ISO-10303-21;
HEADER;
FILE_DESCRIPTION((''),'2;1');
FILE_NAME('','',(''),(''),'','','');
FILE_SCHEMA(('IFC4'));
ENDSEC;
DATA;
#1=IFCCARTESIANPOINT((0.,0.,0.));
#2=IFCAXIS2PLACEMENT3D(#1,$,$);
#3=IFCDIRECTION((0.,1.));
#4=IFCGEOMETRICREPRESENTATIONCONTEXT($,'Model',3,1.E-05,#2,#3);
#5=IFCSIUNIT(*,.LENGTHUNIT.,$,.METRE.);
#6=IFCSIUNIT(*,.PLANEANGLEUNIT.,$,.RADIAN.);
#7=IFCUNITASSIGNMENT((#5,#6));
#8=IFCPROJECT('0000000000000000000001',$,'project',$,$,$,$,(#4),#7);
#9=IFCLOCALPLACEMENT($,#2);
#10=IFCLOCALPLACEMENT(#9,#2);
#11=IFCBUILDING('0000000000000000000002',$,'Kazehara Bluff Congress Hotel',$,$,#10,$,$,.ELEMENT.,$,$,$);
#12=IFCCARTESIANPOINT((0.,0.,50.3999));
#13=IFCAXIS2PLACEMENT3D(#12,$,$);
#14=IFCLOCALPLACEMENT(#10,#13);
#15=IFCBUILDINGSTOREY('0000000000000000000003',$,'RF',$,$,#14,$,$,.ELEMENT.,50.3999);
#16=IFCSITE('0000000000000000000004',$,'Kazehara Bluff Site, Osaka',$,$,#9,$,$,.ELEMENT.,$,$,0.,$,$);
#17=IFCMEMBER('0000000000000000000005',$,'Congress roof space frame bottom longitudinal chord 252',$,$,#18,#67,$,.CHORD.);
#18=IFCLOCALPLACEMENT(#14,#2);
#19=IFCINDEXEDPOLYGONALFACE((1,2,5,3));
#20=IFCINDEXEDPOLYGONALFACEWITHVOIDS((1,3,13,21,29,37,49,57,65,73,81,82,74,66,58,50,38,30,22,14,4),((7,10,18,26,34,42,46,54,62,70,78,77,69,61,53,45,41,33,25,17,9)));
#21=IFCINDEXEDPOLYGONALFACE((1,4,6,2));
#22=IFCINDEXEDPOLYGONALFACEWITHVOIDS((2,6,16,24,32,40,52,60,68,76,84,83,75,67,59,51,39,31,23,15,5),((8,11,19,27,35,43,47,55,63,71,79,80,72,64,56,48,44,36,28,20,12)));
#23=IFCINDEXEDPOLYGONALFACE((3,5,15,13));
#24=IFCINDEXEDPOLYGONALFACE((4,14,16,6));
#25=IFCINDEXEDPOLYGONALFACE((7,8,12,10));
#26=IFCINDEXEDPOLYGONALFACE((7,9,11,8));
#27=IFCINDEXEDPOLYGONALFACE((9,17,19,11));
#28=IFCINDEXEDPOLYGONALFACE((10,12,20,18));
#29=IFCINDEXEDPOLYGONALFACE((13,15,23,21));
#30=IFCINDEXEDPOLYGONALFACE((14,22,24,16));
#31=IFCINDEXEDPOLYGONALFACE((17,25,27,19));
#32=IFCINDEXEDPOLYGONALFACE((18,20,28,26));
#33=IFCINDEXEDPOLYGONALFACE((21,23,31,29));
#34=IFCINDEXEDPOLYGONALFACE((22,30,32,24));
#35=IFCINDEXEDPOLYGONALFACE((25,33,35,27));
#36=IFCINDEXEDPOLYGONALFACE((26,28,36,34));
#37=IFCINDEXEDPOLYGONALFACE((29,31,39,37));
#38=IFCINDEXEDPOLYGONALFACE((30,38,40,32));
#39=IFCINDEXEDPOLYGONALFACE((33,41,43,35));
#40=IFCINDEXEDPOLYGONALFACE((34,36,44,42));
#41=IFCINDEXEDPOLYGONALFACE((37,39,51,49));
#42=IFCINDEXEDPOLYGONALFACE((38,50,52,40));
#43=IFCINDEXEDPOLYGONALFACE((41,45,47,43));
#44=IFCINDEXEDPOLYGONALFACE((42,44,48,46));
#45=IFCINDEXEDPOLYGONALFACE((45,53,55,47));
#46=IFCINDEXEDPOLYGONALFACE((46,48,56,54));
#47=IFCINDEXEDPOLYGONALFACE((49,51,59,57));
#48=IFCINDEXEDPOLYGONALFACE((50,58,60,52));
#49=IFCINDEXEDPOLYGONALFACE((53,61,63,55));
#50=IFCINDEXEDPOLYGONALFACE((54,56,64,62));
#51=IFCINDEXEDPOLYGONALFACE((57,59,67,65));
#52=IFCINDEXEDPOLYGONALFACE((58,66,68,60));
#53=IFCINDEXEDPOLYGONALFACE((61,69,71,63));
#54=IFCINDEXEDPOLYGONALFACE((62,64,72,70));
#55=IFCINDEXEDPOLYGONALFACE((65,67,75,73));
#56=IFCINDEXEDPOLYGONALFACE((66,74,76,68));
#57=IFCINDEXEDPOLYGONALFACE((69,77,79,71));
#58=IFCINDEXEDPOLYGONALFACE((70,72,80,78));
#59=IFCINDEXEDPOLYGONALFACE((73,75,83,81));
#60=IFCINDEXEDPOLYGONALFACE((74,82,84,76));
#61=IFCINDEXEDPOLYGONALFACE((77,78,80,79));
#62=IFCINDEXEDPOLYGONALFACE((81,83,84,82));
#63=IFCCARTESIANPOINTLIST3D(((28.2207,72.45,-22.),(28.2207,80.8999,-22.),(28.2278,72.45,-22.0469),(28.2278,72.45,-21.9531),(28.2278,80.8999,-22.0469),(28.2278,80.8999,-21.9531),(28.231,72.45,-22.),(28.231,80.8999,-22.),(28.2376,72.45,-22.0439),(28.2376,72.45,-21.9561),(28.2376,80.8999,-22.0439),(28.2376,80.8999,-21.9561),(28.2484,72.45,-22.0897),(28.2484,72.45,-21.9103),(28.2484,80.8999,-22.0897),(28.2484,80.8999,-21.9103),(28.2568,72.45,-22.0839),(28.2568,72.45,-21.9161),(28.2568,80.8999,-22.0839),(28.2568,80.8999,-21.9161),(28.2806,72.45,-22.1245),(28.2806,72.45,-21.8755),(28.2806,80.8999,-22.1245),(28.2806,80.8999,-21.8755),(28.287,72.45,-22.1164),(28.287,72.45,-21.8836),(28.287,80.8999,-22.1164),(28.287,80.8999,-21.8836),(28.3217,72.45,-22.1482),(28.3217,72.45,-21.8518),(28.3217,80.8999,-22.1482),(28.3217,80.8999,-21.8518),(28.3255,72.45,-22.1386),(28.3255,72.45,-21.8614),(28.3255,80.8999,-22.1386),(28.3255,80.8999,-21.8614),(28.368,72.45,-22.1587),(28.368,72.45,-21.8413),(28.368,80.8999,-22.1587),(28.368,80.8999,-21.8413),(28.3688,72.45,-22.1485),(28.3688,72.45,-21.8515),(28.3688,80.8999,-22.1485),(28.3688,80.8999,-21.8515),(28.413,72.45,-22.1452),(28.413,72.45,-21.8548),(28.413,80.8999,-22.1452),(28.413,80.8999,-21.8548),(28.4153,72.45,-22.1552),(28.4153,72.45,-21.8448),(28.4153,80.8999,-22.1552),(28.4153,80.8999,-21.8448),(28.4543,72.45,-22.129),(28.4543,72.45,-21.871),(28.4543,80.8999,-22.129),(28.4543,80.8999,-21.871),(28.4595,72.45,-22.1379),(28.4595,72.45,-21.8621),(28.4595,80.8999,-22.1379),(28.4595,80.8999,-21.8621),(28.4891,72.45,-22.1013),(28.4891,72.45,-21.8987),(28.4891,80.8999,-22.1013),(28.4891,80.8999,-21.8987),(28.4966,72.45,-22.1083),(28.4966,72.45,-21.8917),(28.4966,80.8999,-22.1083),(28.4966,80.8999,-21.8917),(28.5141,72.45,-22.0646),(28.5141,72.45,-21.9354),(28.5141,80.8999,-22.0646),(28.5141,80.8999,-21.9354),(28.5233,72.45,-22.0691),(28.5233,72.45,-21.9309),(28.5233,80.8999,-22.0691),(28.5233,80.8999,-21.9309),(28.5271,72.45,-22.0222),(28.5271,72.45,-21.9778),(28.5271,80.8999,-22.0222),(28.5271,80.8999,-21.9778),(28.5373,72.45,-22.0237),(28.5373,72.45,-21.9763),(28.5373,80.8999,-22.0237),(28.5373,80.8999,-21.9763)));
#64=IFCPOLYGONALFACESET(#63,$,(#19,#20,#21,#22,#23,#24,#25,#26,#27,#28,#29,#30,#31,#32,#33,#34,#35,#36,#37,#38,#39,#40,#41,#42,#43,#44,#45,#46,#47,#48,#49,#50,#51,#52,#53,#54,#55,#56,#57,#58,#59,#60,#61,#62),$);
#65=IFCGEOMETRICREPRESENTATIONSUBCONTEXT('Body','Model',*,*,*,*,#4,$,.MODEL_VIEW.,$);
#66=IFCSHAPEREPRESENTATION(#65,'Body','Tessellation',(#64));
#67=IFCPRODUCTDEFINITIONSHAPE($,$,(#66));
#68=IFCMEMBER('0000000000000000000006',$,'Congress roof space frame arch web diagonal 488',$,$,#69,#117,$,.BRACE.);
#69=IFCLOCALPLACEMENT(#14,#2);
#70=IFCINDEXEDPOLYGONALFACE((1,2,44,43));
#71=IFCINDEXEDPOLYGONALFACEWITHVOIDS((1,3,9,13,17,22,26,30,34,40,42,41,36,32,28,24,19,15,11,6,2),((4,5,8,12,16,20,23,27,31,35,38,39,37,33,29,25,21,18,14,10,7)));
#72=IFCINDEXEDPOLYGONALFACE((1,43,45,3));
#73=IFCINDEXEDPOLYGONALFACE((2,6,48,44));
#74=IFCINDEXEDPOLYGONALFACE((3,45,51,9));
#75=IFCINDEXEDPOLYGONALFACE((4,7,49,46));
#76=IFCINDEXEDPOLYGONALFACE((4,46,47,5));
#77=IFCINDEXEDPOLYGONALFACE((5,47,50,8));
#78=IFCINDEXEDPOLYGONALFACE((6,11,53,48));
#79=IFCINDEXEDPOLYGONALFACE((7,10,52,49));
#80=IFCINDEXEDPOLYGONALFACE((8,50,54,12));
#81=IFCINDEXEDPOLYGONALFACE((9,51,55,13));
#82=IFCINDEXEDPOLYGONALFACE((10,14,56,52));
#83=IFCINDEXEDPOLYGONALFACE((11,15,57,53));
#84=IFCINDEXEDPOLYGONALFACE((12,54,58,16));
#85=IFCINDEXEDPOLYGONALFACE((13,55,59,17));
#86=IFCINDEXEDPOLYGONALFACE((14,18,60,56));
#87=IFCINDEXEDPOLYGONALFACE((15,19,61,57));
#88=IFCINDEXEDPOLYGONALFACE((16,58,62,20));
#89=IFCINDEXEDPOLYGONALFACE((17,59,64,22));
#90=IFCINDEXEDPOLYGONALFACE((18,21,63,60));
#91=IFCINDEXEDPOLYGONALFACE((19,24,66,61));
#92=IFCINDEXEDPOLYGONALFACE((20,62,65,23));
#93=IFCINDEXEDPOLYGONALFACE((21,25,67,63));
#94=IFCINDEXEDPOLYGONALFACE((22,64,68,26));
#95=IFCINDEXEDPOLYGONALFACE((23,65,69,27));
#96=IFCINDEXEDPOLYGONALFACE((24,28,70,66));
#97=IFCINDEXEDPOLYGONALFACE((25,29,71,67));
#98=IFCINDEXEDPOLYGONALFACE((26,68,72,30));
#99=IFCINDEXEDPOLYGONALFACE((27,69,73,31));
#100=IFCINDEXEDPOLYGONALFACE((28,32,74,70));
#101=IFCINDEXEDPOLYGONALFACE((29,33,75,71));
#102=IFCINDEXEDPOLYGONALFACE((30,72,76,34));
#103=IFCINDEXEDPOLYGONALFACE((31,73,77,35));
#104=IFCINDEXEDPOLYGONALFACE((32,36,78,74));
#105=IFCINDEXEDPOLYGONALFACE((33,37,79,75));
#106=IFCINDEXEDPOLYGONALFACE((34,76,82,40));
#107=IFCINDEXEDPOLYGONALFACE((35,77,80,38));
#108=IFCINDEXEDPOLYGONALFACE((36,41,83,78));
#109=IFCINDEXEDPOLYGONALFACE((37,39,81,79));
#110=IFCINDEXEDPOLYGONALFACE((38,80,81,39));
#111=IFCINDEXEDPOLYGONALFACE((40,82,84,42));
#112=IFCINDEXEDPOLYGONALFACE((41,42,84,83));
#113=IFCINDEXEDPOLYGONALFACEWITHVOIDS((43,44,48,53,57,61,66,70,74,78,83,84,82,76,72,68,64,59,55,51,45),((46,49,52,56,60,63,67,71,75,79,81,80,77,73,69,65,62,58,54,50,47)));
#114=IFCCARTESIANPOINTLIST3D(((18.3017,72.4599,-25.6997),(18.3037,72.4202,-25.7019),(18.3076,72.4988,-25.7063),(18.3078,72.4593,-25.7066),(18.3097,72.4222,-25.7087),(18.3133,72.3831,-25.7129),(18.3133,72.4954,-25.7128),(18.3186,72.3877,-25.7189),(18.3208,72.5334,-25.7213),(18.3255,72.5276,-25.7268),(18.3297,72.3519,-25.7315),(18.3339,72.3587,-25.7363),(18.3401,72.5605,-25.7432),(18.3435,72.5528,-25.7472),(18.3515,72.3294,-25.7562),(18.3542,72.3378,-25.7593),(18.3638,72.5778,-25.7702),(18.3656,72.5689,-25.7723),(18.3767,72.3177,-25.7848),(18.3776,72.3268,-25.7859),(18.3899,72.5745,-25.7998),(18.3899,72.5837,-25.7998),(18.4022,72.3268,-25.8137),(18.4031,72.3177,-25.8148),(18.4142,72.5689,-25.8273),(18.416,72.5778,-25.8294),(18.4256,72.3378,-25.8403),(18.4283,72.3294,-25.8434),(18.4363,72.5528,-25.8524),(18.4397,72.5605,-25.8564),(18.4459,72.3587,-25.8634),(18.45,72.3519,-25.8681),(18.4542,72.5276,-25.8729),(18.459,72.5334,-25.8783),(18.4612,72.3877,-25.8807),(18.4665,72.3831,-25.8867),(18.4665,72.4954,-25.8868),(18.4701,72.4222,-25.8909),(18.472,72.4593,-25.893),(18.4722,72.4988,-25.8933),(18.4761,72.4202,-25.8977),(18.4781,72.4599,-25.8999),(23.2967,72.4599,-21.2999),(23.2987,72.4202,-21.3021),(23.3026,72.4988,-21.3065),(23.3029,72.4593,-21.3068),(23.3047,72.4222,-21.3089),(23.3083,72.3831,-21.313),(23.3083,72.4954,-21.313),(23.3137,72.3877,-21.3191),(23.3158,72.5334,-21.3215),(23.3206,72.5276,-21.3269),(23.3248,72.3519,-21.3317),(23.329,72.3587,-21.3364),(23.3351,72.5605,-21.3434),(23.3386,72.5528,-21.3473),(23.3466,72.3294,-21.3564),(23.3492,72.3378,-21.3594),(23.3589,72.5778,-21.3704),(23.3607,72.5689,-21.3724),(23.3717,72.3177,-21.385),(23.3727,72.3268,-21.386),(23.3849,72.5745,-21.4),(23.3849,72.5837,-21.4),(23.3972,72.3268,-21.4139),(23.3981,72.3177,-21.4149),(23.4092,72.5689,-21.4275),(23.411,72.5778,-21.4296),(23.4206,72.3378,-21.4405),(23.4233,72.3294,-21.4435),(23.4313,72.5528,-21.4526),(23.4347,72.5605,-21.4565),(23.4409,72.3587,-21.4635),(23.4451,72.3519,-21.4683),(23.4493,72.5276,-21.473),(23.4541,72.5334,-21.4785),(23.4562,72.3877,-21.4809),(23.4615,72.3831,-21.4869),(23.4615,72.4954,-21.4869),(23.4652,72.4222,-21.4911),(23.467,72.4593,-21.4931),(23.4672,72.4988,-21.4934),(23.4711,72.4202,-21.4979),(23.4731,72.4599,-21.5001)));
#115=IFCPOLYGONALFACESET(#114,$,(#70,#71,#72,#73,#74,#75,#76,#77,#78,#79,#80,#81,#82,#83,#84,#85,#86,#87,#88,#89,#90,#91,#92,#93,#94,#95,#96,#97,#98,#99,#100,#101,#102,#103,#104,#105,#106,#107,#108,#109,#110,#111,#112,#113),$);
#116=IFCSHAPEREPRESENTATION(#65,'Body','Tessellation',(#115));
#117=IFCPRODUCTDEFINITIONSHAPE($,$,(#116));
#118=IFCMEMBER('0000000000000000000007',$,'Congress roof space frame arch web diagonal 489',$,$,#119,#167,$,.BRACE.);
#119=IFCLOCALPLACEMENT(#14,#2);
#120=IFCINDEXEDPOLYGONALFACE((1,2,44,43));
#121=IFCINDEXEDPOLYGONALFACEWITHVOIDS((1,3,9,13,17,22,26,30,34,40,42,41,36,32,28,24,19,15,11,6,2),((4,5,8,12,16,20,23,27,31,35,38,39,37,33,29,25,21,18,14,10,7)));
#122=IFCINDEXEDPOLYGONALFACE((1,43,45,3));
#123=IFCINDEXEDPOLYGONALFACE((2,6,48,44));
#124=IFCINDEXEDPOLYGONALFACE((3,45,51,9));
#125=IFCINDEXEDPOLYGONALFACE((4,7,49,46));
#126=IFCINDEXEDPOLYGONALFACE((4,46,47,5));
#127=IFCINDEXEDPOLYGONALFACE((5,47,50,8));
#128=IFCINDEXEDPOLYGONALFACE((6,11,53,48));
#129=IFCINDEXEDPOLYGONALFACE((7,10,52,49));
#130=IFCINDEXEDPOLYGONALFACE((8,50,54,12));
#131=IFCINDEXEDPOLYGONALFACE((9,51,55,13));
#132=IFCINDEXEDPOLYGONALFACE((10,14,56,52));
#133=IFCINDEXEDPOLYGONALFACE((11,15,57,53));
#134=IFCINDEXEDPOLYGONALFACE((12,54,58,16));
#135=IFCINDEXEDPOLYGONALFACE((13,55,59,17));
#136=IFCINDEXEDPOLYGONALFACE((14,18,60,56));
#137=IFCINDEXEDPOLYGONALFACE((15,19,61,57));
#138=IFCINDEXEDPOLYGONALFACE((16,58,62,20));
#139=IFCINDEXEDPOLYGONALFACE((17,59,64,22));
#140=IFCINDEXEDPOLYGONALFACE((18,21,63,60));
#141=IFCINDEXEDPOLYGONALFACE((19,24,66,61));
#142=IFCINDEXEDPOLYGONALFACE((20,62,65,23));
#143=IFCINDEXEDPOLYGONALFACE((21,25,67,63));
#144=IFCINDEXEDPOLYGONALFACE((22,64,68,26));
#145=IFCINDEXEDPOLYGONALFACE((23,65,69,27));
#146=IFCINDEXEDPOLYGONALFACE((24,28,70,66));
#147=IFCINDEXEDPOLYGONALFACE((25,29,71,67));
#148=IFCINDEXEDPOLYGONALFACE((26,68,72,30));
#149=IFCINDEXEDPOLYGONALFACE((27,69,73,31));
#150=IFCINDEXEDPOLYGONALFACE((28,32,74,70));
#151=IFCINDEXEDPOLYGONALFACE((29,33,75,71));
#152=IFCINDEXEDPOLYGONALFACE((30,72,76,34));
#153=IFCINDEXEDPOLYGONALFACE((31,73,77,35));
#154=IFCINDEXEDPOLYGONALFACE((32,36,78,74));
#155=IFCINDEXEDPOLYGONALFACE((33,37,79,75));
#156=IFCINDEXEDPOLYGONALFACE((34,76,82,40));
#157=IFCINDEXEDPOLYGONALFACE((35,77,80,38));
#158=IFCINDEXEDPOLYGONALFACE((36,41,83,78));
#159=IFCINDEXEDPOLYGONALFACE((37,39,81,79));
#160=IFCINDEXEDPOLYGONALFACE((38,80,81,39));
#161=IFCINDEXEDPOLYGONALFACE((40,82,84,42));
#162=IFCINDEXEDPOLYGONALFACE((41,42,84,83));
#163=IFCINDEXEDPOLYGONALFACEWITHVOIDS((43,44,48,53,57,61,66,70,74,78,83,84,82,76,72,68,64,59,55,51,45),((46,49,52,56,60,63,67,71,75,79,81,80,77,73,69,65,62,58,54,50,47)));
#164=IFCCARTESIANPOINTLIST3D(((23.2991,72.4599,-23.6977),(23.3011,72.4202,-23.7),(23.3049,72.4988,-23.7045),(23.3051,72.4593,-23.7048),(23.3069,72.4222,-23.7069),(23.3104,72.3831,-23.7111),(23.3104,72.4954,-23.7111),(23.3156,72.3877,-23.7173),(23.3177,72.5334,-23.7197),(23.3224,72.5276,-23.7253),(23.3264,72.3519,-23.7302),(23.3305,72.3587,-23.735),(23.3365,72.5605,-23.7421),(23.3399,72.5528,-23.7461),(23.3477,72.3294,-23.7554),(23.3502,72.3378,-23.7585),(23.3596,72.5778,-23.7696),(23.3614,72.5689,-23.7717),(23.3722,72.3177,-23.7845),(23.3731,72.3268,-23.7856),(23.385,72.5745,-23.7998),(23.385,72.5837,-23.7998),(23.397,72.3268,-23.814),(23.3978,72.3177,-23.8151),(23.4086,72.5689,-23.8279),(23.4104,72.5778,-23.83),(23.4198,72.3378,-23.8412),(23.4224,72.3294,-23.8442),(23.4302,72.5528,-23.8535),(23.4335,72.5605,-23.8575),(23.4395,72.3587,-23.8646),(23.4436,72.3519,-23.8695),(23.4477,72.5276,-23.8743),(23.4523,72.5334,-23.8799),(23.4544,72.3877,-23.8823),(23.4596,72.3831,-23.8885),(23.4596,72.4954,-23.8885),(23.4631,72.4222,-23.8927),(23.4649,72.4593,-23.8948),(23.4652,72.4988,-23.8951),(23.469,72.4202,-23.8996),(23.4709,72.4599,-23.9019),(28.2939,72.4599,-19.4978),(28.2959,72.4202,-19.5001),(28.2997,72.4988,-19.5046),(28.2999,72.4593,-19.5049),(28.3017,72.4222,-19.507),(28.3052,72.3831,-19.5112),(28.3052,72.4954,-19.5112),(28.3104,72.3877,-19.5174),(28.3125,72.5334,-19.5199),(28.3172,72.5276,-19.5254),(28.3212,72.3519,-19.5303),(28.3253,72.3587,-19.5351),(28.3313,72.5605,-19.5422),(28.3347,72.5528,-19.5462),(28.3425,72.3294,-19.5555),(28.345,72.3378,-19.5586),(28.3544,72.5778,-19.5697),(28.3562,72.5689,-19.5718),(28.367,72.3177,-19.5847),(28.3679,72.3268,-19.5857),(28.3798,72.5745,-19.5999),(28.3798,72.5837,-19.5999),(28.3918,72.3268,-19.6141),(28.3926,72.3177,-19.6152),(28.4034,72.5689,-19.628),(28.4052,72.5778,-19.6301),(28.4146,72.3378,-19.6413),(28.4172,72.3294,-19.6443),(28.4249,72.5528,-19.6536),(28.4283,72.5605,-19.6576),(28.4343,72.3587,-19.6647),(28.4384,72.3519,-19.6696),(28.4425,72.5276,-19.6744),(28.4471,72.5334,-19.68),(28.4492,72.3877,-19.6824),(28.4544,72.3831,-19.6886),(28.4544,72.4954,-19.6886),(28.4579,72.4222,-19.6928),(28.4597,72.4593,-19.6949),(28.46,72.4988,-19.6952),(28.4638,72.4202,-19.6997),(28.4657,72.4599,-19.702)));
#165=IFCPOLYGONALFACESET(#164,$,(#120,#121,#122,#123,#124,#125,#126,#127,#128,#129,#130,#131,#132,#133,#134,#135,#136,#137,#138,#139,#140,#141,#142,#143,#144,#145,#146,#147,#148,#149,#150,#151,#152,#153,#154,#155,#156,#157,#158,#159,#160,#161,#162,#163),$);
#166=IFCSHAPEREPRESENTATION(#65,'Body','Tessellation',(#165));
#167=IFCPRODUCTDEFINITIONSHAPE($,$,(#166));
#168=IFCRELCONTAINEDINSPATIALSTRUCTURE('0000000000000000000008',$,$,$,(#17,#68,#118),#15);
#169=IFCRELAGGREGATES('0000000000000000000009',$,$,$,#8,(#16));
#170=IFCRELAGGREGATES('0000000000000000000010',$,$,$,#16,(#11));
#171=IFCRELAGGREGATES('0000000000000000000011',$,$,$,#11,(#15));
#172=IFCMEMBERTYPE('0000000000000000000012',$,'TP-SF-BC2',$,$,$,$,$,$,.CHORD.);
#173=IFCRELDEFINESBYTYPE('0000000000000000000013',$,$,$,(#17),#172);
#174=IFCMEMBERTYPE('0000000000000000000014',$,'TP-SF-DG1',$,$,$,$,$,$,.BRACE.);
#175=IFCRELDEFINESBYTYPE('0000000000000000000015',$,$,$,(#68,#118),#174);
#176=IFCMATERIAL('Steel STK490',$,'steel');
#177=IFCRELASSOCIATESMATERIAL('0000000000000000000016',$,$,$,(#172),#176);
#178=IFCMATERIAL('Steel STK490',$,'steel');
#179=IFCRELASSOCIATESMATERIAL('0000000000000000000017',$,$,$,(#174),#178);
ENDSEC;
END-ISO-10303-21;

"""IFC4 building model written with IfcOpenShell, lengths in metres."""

from ifc_helpers import new_model, si_unit, direction, frame, origin, origin_2d, place, context, subcontext, project, spatial, hollow_circle, extrude, material, material_profile, profile_set, type_object, element, save


model = new_model("IFC4")

# Units and contexts
model_context = context("Model", 3, precision=1e-05, world=origin(), true_north=direction((0.0, 1.0)))
body_context = subcontext(model_context, "Body", "Model", "MODEL_VIEW")
ifc_project = project(units=[si_unit("LENGTHUNIT", "METRE"), si_unit("PLANEANGLEUNIT", "RADIAN")], contexts=[model_context])

# Site, building, storey
site_placement = place(None, origin())
site = spatial("IfcSite", under=ifc_project, at=site_placement, Name="Kazehara Bluff Site, Osaka", CompositionType="ELEMENT", RefElevation=0.0)
building_placement = place(site_placement, origin())
building = spatial("IfcBuilding", under=site, at=building_placement, Name="Kazehara Bluff Congress Hotel", CompositionType="ELEMENT")
storey_placement = place(building_placement, frame((0.0, 0.0, 50.3999)))
storey = spatial("IfcBuildingStorey", under=building, at=storey_placement, Name="RF", CompositionType="ELEMENT", Elevation=50.3999)

# Members
ifc_material_1 = material(Name="Steel STK490", Category="steel")
ifc_material_profile_1 = material_profile(ifc_material_1, hollow_circle(Radius=0.1592, WallThickness=0.0103, at=origin_2d()))
ifc_profile_set_1 = profile_set([ifc_material_profile_1], Name="Steel STK490")
member_type_1 = type_object("IfcMemberType", Name="TP-SF-BC2", PredefinedType="CHORD", material=ifc_profile_set_1)
for number, where, z_axis, x_axis, name in (
    (1, (28.3799, 72.45, -22.0), (0.0, 1.0, 0.0), (-1.0, 0.0, 0.0), "Congress roof space frame bottom longitudinal chord 252"),
):
    element("IfcMember", number, at=place(storey_placement, frame(where, z_axis=z_axis, x_axis=x_axis)), inside=storey, type_object=member_type_1, Name=name, PredefinedType="CHORD", context=body_context, shape_type="SweptSolid", body=[
        extrude(hollow_circle(Radius=0.1592, WallThickness=0.0103, at=origin_2d()), origin(), (0.0, 0.0, 1.0), 8.45),
    ])
ifc_material_2 = material(Name="Steel STK490", Category="steel")
ifc_material_profile_2 = material_profile(ifc_material_2, hollow_circle(Radius=0.1338, WallThickness=0.0093, at=origin_2d()))
ifc_profile_set_2 = profile_set([ifc_material_profile_2], Name="Steel STK490")
member_type_2 = type_object("IfcMemberType", Name="TP-SF-DG1", PredefinedType="BRACE", material=ifc_profile_set_2)
member_1_placement = place(storey_placement, frame((18.3899, 72.45, -25.7998), z_axis=(0.750401, 0.0, 0.660983), x_axis=(0.0, 1.0, 0.0)))
element("IfcMember", 2, at=member_1_placement, inside=storey, type_object=member_type_2, Name="Congress roof space frame arch web diagonal 488", PredefinedType="BRACE", context=body_context, shape_type="SweptSolid", body=[
    extrude(hollow_circle(Radius=0.1338, WallThickness=0.0093, at=origin_2d()), origin(), (0.0, 0.0, 1.0), 6.6565),
])
member_2_placement = place(storey_placement, frame((23.385, 72.45, -23.7998), z_axis=(0.765383, 0.0, 0.643575), x_axis=(0.0, 1.0, 0.0)))
element("IfcMember", 3, at=member_2_placement, inside=storey, type_object=member_type_2, Name="Congress roof space frame arch web diagonal 489", PredefinedType="BRACE", context=body_context, shape_type="SweptSolid", body=[
    extrude(hollow_circle(Radius=0.1338, WallThickness=0.0093, at=origin_2d()), origin(), (0.0, 0.0, 1.0), 6.5259),
])

save(model, "model.ifc")
